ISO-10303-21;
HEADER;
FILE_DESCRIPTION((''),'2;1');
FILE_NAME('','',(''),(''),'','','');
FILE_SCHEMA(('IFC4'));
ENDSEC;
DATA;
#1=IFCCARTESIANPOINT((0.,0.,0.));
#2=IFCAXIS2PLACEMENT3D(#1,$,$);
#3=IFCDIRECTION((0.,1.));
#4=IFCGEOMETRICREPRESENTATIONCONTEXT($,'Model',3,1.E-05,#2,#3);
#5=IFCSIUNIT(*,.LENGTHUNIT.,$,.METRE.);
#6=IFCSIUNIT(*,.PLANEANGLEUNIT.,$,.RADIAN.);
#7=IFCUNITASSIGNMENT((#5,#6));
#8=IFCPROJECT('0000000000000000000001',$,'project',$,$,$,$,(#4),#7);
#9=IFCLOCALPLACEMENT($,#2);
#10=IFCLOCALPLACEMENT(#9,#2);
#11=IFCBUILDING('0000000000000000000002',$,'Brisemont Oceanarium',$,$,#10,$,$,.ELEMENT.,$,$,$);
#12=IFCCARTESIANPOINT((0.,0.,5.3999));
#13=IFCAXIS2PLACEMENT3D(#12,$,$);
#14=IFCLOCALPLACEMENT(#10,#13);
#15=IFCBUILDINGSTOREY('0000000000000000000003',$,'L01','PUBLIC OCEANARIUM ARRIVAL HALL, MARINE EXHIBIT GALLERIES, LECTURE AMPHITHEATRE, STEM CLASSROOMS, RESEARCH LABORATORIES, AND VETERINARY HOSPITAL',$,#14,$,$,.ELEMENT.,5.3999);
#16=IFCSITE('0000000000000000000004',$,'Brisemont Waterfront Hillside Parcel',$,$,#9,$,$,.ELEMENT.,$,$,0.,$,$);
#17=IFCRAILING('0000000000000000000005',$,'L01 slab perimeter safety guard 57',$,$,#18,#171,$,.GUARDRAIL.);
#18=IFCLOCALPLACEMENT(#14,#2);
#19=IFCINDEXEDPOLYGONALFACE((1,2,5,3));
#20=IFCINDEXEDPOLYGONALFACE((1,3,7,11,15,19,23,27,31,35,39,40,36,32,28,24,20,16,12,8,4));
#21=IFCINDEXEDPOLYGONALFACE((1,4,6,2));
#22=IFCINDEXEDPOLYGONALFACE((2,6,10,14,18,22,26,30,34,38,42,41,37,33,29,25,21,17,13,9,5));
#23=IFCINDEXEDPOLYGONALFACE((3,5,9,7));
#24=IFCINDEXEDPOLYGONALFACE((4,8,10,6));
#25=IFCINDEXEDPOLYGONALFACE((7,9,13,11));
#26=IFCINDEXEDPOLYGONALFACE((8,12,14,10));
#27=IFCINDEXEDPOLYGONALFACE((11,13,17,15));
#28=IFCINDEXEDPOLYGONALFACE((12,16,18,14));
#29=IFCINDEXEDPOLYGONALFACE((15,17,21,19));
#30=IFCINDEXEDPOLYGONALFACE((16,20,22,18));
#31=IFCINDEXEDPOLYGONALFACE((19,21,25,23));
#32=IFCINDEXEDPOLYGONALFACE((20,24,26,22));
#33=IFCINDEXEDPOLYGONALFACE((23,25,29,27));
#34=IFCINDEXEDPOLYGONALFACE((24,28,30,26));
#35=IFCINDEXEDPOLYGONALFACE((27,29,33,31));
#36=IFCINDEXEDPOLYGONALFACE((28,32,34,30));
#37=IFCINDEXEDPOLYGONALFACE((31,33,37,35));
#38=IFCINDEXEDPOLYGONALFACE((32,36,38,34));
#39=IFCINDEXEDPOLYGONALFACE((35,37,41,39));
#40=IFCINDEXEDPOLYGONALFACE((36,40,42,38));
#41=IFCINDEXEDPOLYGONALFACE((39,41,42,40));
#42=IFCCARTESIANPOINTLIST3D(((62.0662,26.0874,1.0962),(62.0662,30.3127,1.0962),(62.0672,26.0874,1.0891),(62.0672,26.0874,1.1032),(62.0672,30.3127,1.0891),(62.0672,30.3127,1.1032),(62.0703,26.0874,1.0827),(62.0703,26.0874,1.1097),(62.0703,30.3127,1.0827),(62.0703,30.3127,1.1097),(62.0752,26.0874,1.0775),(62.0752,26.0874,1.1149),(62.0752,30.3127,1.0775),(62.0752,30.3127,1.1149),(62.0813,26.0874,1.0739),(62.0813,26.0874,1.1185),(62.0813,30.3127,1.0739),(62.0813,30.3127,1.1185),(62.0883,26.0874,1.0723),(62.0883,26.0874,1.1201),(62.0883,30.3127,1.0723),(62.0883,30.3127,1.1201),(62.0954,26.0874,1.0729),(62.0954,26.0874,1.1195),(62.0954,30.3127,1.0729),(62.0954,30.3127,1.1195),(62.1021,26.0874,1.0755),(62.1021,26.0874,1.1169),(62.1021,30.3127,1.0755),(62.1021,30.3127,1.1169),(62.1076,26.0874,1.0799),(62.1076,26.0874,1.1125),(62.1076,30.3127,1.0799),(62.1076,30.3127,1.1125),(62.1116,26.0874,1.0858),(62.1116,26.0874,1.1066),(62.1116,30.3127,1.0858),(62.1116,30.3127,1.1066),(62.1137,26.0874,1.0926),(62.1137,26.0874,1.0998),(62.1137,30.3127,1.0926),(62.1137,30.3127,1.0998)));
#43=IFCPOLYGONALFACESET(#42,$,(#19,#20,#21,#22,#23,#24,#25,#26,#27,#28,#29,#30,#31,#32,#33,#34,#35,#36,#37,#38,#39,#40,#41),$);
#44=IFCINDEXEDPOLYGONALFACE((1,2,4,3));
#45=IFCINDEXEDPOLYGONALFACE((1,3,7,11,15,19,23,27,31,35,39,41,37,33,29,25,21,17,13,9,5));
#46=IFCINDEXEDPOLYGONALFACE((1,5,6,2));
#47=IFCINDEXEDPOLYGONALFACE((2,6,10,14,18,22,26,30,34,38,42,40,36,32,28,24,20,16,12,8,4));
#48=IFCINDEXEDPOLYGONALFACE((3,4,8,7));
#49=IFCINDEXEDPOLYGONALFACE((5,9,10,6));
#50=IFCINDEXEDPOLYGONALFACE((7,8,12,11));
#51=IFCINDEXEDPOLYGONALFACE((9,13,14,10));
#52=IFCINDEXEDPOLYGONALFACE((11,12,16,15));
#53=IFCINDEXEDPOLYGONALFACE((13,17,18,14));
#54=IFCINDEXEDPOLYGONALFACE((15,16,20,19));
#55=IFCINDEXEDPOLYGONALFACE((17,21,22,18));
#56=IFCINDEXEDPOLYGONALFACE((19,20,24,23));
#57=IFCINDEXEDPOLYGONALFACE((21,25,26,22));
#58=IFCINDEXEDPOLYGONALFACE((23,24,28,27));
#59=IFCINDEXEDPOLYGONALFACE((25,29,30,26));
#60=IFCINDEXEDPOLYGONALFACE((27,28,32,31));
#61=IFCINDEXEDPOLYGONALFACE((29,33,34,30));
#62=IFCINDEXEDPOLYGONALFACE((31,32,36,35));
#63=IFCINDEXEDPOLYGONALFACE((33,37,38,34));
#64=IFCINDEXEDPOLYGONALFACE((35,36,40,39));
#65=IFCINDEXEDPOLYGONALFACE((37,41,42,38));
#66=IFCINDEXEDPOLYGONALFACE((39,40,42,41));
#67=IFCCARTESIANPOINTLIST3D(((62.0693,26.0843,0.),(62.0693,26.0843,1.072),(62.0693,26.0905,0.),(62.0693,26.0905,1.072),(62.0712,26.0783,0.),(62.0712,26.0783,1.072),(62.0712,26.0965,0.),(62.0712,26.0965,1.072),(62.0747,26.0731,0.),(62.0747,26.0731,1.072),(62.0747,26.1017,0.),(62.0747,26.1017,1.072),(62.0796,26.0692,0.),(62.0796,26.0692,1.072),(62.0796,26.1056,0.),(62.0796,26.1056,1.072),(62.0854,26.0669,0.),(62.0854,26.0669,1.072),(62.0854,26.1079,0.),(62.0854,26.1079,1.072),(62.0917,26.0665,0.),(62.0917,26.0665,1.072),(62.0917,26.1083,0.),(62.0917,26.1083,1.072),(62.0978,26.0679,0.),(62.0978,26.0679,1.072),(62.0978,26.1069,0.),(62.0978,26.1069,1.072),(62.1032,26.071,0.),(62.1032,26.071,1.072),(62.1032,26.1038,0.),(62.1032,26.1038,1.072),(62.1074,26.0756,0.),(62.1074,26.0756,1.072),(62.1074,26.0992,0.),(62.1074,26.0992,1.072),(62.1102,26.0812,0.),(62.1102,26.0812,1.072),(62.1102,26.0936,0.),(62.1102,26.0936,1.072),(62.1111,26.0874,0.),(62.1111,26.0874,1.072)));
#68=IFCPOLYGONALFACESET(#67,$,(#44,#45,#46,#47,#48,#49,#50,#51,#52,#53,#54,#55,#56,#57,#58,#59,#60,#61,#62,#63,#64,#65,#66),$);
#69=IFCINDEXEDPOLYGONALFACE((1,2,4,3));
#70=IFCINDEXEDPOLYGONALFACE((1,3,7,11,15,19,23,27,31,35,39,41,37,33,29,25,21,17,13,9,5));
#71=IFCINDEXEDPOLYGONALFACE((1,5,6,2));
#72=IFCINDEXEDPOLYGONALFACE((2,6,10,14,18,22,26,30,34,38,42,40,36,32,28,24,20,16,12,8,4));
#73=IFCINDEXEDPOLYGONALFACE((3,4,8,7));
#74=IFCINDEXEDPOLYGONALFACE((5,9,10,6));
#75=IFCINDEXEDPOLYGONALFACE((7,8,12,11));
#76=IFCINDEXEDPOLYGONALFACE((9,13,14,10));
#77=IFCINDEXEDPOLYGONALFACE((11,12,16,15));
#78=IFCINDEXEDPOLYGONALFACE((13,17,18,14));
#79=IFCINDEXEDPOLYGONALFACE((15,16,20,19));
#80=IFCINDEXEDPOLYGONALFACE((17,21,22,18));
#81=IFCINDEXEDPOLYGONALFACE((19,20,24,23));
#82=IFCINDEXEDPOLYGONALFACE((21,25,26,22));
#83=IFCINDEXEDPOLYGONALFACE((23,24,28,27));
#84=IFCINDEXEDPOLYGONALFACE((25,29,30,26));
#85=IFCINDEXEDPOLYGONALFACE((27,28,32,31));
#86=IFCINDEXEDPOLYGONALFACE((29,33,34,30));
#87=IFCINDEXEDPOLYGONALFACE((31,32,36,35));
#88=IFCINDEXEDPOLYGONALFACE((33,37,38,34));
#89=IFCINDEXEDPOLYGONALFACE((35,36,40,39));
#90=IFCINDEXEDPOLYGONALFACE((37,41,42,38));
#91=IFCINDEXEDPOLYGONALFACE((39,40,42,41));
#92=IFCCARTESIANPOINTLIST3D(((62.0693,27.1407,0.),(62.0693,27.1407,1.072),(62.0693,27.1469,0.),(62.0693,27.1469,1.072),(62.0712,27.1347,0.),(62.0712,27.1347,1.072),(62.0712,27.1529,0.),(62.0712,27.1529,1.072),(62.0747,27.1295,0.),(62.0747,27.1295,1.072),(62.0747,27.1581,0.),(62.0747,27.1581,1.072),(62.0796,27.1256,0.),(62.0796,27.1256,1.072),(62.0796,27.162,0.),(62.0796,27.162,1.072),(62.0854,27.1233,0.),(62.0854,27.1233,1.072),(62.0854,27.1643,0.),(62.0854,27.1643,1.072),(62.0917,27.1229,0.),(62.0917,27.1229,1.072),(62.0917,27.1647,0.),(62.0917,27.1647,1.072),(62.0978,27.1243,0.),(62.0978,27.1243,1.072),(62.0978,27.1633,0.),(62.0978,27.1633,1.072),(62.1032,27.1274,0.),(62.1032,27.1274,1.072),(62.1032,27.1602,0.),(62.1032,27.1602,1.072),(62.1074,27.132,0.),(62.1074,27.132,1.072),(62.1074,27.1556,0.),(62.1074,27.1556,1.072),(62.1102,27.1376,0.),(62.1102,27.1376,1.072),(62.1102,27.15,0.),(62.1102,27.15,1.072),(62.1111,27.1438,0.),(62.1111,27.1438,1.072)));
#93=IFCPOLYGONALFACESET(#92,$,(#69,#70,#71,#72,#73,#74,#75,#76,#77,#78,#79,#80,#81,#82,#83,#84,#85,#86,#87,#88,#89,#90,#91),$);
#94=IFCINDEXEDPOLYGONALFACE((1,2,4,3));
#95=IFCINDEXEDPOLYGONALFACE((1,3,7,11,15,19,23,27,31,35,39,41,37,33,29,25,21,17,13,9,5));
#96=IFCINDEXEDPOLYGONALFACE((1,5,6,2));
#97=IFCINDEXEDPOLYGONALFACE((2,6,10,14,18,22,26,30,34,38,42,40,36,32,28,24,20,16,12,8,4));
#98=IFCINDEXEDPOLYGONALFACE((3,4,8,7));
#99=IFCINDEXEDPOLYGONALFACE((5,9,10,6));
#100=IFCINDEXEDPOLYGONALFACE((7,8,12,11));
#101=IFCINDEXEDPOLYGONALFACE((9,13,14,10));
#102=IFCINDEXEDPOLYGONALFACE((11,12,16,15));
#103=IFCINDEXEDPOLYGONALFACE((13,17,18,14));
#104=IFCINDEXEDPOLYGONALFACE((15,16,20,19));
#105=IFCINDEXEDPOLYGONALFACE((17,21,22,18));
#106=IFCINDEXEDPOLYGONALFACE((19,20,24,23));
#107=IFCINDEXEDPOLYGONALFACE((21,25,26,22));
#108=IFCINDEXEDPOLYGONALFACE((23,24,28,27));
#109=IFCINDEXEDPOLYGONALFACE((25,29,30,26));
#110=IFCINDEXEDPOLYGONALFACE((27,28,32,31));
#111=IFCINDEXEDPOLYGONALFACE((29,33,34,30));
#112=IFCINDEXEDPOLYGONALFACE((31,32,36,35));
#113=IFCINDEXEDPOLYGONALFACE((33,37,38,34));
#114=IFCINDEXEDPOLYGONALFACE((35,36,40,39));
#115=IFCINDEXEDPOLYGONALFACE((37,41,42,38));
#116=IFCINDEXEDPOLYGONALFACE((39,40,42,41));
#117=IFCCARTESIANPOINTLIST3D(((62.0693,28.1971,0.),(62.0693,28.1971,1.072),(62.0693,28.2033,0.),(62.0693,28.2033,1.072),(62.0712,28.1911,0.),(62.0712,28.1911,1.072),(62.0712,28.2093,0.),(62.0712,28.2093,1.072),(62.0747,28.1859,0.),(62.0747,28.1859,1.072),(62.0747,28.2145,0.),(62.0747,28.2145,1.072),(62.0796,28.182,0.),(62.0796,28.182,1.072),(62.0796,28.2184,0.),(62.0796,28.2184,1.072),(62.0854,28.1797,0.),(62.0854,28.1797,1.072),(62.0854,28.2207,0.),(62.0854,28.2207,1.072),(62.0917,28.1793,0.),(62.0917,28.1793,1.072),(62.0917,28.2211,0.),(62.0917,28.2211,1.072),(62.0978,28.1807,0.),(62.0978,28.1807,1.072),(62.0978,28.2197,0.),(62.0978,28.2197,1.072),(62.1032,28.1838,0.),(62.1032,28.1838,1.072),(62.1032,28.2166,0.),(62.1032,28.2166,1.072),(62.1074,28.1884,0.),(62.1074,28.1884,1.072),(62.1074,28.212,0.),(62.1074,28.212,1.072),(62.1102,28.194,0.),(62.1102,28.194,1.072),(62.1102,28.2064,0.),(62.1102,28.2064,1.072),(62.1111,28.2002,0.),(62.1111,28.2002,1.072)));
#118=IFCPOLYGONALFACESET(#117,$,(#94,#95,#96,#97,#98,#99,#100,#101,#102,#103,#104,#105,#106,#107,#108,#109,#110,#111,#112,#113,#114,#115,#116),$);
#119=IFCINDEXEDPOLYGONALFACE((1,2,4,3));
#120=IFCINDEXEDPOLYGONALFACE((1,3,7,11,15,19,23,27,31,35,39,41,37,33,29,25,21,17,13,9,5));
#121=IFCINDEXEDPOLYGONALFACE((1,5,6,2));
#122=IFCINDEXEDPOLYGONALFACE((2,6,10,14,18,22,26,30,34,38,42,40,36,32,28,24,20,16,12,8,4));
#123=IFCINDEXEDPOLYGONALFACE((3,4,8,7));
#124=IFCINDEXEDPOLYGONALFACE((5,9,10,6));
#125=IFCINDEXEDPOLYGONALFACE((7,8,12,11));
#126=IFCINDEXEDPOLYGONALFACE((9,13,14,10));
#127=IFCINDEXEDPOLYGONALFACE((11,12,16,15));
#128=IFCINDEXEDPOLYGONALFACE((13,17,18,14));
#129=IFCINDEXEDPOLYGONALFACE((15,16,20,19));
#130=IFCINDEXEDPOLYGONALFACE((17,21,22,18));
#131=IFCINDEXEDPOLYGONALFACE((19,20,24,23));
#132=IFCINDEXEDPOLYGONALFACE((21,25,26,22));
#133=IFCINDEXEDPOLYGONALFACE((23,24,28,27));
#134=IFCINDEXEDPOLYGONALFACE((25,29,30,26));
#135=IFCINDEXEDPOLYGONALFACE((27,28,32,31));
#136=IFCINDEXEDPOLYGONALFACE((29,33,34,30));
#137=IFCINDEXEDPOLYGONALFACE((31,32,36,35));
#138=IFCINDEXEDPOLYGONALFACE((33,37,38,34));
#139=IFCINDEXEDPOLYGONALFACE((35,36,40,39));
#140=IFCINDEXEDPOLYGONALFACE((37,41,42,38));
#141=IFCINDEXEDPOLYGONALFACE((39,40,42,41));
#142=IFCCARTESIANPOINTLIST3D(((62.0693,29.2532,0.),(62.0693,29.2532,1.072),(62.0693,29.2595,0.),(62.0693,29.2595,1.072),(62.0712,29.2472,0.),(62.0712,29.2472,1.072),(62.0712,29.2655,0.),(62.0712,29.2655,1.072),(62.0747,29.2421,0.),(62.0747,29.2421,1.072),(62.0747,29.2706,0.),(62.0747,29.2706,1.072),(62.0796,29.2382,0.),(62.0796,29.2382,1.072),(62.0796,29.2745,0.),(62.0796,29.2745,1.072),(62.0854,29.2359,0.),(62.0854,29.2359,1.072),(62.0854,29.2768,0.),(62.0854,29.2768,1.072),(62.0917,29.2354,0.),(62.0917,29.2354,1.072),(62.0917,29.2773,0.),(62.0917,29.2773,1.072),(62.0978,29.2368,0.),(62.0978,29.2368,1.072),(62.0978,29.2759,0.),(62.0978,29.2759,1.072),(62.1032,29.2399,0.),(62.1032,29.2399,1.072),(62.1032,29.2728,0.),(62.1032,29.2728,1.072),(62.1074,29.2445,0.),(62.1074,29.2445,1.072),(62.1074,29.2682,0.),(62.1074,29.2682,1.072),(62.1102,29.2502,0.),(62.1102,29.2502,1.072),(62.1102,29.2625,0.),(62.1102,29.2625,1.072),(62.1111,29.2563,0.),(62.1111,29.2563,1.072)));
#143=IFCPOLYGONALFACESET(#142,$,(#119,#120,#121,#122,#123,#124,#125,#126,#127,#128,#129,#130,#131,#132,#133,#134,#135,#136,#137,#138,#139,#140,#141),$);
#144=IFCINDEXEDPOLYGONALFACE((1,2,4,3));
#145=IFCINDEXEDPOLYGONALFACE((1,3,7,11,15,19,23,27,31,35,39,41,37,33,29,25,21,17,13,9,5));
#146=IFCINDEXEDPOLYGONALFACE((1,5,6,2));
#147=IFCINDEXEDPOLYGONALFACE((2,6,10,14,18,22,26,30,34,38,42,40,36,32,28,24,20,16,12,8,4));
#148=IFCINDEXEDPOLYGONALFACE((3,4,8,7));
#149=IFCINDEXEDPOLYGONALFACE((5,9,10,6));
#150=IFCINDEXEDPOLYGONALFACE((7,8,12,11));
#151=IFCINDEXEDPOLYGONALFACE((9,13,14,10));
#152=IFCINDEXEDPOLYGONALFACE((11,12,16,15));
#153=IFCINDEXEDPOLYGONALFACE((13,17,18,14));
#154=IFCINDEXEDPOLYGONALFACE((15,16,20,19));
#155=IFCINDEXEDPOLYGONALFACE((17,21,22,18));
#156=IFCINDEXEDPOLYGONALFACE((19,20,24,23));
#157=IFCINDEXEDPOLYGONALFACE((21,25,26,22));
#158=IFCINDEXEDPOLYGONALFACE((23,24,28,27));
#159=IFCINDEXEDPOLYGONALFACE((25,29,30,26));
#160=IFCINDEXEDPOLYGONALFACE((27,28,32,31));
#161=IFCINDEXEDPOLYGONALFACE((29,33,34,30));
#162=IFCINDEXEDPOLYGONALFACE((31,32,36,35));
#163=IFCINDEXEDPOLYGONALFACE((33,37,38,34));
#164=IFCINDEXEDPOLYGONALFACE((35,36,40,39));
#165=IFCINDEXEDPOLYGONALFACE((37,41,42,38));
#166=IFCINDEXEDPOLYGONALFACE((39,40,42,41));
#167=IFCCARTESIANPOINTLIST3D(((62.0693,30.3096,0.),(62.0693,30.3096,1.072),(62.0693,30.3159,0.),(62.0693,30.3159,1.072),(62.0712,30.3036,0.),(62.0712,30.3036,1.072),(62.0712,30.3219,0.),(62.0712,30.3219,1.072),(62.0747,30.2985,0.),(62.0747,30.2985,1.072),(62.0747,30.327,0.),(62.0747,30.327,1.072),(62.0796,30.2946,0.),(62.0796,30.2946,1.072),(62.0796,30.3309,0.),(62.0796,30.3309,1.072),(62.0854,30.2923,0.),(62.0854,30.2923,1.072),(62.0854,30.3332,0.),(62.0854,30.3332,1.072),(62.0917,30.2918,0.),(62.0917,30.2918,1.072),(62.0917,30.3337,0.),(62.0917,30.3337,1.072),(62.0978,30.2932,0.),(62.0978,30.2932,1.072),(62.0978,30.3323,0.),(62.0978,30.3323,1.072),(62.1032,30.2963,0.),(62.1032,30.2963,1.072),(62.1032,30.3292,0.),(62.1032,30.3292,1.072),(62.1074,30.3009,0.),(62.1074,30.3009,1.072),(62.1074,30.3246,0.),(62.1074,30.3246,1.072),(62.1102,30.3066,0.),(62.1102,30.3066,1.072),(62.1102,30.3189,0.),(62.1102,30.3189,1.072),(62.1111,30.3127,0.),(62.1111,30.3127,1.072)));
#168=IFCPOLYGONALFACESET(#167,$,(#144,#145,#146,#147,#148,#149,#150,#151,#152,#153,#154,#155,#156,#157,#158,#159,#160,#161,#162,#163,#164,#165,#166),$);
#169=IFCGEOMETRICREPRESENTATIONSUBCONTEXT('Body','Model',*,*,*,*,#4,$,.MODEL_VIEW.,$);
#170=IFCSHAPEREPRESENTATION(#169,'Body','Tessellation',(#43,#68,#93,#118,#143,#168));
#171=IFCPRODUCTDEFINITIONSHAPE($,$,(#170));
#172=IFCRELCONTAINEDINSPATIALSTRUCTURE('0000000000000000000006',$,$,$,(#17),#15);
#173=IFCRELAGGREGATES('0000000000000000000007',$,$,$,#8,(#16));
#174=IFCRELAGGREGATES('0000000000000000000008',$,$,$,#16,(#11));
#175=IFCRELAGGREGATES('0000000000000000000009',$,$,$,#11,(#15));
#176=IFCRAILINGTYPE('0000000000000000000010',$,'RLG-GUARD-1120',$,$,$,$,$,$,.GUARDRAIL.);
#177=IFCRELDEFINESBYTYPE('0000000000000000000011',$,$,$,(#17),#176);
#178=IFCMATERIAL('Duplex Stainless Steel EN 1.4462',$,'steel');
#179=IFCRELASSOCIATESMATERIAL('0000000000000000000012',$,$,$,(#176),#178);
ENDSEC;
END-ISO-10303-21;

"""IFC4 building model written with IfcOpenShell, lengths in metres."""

from ifc_helpers import new_model, si_unit, direction, frame, origin, origin_2d, place, context, subcontext, project, spatial, circle, extrude, material, type_object, element, save


model = new_model("IFC4")

# Units and contexts
model_context = context("Model", 3, precision=1e-05, world=origin(), true_north=direction((0.0, 1.0)))
body_context = subcontext(model_context, "Body", "Model", "MODEL_VIEW")
ifc_project = project(units=[si_unit("LENGTHUNIT", "METRE"), si_unit("PLANEANGLEUNIT", "RADIAN")], contexts=[model_context])

# Site, building, storey
site_placement = place(None, origin())
site = spatial("IfcSite", under=ifc_project, at=site_placement, Name="Brisemont Waterfront Hillside Parcel", CompositionType="ELEMENT", RefElevation=0.0)
building_placement = place(site_placement, origin())
building = spatial("IfcBuilding", under=site, at=building_placement, Name="Brisemont Oceanarium", CompositionType="ELEMENT")
storey_placement = place(building_placement, frame((0.0, 0.0, 5.3999)))
storey = spatial("IfcBuildingStorey", under=building, at=storey_placement, Name="L01", Description="PUBLIC OCEANARIUM ARRIVAL HALL, MARINE EXHIBIT GALLERIES, LECTURE AMPHITHEATRE, STEM CLASSROOMS, RESEARCH LABORATORIES, AND VETERINARY HOSPITAL", CompositionType="ELEMENT", Elevation=5.3999)

# Railing
ifc_material_1 = material(Name="Duplex Stainless Steel EN 1.4462", Category="steel")
railing_type_1 = type_object("IfcRailingType", Name="RLG-GUARD-1120", PredefinedType="GUARDRAIL", material=ifc_material_1)
railing_1_placement = place(storey_placement, frame((62.0901, 26.0874, 0.0)))
element("IfcRailing", 1, at=railing_1_placement, inside=storey, type_object=railing_type_1, Name="L01 slab perimeter safety guard 57", PredefinedType="GUARDRAIL", context=body_context, shape_type="SweptSolid", body=[
    extrude(circle(Radius=0.0239, at=origin_2d()), frame((0.0, 0.0, 1.0962), z_axis=(0.0, 1.0, 0.0), x_axis=(-1.0, 0.0, 0.0)), (0.0, 0.0, 1.0), 4.2253),
    extrude(circle(Radius=0.021, at=origin_2d()), origin(), (0.0, 0.0, 1.0), 1.072),
    extrude(circle(Radius=0.021, at=origin_2d()), frame((0.0, 1.0564, 0.0)), (0.0, 0.0, 1.0), 1.072),
    extrude(circle(Radius=0.021, at=origin_2d()), frame((0.0, 2.1128, 0.0)), (0.0, 0.0, 1.0), 1.072),
    extrude(circle(Radius=0.021, at=origin_2d()), frame((0.0, 3.1689, 0.0)), (0.0, 0.0, 1.0), 1.072),
    extrude(circle(Radius=0.021, at=origin_2d()), frame((0.0, 4.2253, 0.0)), (0.0, 0.0, 1.0), 1.072),
])

save(model, "model.ifc")
